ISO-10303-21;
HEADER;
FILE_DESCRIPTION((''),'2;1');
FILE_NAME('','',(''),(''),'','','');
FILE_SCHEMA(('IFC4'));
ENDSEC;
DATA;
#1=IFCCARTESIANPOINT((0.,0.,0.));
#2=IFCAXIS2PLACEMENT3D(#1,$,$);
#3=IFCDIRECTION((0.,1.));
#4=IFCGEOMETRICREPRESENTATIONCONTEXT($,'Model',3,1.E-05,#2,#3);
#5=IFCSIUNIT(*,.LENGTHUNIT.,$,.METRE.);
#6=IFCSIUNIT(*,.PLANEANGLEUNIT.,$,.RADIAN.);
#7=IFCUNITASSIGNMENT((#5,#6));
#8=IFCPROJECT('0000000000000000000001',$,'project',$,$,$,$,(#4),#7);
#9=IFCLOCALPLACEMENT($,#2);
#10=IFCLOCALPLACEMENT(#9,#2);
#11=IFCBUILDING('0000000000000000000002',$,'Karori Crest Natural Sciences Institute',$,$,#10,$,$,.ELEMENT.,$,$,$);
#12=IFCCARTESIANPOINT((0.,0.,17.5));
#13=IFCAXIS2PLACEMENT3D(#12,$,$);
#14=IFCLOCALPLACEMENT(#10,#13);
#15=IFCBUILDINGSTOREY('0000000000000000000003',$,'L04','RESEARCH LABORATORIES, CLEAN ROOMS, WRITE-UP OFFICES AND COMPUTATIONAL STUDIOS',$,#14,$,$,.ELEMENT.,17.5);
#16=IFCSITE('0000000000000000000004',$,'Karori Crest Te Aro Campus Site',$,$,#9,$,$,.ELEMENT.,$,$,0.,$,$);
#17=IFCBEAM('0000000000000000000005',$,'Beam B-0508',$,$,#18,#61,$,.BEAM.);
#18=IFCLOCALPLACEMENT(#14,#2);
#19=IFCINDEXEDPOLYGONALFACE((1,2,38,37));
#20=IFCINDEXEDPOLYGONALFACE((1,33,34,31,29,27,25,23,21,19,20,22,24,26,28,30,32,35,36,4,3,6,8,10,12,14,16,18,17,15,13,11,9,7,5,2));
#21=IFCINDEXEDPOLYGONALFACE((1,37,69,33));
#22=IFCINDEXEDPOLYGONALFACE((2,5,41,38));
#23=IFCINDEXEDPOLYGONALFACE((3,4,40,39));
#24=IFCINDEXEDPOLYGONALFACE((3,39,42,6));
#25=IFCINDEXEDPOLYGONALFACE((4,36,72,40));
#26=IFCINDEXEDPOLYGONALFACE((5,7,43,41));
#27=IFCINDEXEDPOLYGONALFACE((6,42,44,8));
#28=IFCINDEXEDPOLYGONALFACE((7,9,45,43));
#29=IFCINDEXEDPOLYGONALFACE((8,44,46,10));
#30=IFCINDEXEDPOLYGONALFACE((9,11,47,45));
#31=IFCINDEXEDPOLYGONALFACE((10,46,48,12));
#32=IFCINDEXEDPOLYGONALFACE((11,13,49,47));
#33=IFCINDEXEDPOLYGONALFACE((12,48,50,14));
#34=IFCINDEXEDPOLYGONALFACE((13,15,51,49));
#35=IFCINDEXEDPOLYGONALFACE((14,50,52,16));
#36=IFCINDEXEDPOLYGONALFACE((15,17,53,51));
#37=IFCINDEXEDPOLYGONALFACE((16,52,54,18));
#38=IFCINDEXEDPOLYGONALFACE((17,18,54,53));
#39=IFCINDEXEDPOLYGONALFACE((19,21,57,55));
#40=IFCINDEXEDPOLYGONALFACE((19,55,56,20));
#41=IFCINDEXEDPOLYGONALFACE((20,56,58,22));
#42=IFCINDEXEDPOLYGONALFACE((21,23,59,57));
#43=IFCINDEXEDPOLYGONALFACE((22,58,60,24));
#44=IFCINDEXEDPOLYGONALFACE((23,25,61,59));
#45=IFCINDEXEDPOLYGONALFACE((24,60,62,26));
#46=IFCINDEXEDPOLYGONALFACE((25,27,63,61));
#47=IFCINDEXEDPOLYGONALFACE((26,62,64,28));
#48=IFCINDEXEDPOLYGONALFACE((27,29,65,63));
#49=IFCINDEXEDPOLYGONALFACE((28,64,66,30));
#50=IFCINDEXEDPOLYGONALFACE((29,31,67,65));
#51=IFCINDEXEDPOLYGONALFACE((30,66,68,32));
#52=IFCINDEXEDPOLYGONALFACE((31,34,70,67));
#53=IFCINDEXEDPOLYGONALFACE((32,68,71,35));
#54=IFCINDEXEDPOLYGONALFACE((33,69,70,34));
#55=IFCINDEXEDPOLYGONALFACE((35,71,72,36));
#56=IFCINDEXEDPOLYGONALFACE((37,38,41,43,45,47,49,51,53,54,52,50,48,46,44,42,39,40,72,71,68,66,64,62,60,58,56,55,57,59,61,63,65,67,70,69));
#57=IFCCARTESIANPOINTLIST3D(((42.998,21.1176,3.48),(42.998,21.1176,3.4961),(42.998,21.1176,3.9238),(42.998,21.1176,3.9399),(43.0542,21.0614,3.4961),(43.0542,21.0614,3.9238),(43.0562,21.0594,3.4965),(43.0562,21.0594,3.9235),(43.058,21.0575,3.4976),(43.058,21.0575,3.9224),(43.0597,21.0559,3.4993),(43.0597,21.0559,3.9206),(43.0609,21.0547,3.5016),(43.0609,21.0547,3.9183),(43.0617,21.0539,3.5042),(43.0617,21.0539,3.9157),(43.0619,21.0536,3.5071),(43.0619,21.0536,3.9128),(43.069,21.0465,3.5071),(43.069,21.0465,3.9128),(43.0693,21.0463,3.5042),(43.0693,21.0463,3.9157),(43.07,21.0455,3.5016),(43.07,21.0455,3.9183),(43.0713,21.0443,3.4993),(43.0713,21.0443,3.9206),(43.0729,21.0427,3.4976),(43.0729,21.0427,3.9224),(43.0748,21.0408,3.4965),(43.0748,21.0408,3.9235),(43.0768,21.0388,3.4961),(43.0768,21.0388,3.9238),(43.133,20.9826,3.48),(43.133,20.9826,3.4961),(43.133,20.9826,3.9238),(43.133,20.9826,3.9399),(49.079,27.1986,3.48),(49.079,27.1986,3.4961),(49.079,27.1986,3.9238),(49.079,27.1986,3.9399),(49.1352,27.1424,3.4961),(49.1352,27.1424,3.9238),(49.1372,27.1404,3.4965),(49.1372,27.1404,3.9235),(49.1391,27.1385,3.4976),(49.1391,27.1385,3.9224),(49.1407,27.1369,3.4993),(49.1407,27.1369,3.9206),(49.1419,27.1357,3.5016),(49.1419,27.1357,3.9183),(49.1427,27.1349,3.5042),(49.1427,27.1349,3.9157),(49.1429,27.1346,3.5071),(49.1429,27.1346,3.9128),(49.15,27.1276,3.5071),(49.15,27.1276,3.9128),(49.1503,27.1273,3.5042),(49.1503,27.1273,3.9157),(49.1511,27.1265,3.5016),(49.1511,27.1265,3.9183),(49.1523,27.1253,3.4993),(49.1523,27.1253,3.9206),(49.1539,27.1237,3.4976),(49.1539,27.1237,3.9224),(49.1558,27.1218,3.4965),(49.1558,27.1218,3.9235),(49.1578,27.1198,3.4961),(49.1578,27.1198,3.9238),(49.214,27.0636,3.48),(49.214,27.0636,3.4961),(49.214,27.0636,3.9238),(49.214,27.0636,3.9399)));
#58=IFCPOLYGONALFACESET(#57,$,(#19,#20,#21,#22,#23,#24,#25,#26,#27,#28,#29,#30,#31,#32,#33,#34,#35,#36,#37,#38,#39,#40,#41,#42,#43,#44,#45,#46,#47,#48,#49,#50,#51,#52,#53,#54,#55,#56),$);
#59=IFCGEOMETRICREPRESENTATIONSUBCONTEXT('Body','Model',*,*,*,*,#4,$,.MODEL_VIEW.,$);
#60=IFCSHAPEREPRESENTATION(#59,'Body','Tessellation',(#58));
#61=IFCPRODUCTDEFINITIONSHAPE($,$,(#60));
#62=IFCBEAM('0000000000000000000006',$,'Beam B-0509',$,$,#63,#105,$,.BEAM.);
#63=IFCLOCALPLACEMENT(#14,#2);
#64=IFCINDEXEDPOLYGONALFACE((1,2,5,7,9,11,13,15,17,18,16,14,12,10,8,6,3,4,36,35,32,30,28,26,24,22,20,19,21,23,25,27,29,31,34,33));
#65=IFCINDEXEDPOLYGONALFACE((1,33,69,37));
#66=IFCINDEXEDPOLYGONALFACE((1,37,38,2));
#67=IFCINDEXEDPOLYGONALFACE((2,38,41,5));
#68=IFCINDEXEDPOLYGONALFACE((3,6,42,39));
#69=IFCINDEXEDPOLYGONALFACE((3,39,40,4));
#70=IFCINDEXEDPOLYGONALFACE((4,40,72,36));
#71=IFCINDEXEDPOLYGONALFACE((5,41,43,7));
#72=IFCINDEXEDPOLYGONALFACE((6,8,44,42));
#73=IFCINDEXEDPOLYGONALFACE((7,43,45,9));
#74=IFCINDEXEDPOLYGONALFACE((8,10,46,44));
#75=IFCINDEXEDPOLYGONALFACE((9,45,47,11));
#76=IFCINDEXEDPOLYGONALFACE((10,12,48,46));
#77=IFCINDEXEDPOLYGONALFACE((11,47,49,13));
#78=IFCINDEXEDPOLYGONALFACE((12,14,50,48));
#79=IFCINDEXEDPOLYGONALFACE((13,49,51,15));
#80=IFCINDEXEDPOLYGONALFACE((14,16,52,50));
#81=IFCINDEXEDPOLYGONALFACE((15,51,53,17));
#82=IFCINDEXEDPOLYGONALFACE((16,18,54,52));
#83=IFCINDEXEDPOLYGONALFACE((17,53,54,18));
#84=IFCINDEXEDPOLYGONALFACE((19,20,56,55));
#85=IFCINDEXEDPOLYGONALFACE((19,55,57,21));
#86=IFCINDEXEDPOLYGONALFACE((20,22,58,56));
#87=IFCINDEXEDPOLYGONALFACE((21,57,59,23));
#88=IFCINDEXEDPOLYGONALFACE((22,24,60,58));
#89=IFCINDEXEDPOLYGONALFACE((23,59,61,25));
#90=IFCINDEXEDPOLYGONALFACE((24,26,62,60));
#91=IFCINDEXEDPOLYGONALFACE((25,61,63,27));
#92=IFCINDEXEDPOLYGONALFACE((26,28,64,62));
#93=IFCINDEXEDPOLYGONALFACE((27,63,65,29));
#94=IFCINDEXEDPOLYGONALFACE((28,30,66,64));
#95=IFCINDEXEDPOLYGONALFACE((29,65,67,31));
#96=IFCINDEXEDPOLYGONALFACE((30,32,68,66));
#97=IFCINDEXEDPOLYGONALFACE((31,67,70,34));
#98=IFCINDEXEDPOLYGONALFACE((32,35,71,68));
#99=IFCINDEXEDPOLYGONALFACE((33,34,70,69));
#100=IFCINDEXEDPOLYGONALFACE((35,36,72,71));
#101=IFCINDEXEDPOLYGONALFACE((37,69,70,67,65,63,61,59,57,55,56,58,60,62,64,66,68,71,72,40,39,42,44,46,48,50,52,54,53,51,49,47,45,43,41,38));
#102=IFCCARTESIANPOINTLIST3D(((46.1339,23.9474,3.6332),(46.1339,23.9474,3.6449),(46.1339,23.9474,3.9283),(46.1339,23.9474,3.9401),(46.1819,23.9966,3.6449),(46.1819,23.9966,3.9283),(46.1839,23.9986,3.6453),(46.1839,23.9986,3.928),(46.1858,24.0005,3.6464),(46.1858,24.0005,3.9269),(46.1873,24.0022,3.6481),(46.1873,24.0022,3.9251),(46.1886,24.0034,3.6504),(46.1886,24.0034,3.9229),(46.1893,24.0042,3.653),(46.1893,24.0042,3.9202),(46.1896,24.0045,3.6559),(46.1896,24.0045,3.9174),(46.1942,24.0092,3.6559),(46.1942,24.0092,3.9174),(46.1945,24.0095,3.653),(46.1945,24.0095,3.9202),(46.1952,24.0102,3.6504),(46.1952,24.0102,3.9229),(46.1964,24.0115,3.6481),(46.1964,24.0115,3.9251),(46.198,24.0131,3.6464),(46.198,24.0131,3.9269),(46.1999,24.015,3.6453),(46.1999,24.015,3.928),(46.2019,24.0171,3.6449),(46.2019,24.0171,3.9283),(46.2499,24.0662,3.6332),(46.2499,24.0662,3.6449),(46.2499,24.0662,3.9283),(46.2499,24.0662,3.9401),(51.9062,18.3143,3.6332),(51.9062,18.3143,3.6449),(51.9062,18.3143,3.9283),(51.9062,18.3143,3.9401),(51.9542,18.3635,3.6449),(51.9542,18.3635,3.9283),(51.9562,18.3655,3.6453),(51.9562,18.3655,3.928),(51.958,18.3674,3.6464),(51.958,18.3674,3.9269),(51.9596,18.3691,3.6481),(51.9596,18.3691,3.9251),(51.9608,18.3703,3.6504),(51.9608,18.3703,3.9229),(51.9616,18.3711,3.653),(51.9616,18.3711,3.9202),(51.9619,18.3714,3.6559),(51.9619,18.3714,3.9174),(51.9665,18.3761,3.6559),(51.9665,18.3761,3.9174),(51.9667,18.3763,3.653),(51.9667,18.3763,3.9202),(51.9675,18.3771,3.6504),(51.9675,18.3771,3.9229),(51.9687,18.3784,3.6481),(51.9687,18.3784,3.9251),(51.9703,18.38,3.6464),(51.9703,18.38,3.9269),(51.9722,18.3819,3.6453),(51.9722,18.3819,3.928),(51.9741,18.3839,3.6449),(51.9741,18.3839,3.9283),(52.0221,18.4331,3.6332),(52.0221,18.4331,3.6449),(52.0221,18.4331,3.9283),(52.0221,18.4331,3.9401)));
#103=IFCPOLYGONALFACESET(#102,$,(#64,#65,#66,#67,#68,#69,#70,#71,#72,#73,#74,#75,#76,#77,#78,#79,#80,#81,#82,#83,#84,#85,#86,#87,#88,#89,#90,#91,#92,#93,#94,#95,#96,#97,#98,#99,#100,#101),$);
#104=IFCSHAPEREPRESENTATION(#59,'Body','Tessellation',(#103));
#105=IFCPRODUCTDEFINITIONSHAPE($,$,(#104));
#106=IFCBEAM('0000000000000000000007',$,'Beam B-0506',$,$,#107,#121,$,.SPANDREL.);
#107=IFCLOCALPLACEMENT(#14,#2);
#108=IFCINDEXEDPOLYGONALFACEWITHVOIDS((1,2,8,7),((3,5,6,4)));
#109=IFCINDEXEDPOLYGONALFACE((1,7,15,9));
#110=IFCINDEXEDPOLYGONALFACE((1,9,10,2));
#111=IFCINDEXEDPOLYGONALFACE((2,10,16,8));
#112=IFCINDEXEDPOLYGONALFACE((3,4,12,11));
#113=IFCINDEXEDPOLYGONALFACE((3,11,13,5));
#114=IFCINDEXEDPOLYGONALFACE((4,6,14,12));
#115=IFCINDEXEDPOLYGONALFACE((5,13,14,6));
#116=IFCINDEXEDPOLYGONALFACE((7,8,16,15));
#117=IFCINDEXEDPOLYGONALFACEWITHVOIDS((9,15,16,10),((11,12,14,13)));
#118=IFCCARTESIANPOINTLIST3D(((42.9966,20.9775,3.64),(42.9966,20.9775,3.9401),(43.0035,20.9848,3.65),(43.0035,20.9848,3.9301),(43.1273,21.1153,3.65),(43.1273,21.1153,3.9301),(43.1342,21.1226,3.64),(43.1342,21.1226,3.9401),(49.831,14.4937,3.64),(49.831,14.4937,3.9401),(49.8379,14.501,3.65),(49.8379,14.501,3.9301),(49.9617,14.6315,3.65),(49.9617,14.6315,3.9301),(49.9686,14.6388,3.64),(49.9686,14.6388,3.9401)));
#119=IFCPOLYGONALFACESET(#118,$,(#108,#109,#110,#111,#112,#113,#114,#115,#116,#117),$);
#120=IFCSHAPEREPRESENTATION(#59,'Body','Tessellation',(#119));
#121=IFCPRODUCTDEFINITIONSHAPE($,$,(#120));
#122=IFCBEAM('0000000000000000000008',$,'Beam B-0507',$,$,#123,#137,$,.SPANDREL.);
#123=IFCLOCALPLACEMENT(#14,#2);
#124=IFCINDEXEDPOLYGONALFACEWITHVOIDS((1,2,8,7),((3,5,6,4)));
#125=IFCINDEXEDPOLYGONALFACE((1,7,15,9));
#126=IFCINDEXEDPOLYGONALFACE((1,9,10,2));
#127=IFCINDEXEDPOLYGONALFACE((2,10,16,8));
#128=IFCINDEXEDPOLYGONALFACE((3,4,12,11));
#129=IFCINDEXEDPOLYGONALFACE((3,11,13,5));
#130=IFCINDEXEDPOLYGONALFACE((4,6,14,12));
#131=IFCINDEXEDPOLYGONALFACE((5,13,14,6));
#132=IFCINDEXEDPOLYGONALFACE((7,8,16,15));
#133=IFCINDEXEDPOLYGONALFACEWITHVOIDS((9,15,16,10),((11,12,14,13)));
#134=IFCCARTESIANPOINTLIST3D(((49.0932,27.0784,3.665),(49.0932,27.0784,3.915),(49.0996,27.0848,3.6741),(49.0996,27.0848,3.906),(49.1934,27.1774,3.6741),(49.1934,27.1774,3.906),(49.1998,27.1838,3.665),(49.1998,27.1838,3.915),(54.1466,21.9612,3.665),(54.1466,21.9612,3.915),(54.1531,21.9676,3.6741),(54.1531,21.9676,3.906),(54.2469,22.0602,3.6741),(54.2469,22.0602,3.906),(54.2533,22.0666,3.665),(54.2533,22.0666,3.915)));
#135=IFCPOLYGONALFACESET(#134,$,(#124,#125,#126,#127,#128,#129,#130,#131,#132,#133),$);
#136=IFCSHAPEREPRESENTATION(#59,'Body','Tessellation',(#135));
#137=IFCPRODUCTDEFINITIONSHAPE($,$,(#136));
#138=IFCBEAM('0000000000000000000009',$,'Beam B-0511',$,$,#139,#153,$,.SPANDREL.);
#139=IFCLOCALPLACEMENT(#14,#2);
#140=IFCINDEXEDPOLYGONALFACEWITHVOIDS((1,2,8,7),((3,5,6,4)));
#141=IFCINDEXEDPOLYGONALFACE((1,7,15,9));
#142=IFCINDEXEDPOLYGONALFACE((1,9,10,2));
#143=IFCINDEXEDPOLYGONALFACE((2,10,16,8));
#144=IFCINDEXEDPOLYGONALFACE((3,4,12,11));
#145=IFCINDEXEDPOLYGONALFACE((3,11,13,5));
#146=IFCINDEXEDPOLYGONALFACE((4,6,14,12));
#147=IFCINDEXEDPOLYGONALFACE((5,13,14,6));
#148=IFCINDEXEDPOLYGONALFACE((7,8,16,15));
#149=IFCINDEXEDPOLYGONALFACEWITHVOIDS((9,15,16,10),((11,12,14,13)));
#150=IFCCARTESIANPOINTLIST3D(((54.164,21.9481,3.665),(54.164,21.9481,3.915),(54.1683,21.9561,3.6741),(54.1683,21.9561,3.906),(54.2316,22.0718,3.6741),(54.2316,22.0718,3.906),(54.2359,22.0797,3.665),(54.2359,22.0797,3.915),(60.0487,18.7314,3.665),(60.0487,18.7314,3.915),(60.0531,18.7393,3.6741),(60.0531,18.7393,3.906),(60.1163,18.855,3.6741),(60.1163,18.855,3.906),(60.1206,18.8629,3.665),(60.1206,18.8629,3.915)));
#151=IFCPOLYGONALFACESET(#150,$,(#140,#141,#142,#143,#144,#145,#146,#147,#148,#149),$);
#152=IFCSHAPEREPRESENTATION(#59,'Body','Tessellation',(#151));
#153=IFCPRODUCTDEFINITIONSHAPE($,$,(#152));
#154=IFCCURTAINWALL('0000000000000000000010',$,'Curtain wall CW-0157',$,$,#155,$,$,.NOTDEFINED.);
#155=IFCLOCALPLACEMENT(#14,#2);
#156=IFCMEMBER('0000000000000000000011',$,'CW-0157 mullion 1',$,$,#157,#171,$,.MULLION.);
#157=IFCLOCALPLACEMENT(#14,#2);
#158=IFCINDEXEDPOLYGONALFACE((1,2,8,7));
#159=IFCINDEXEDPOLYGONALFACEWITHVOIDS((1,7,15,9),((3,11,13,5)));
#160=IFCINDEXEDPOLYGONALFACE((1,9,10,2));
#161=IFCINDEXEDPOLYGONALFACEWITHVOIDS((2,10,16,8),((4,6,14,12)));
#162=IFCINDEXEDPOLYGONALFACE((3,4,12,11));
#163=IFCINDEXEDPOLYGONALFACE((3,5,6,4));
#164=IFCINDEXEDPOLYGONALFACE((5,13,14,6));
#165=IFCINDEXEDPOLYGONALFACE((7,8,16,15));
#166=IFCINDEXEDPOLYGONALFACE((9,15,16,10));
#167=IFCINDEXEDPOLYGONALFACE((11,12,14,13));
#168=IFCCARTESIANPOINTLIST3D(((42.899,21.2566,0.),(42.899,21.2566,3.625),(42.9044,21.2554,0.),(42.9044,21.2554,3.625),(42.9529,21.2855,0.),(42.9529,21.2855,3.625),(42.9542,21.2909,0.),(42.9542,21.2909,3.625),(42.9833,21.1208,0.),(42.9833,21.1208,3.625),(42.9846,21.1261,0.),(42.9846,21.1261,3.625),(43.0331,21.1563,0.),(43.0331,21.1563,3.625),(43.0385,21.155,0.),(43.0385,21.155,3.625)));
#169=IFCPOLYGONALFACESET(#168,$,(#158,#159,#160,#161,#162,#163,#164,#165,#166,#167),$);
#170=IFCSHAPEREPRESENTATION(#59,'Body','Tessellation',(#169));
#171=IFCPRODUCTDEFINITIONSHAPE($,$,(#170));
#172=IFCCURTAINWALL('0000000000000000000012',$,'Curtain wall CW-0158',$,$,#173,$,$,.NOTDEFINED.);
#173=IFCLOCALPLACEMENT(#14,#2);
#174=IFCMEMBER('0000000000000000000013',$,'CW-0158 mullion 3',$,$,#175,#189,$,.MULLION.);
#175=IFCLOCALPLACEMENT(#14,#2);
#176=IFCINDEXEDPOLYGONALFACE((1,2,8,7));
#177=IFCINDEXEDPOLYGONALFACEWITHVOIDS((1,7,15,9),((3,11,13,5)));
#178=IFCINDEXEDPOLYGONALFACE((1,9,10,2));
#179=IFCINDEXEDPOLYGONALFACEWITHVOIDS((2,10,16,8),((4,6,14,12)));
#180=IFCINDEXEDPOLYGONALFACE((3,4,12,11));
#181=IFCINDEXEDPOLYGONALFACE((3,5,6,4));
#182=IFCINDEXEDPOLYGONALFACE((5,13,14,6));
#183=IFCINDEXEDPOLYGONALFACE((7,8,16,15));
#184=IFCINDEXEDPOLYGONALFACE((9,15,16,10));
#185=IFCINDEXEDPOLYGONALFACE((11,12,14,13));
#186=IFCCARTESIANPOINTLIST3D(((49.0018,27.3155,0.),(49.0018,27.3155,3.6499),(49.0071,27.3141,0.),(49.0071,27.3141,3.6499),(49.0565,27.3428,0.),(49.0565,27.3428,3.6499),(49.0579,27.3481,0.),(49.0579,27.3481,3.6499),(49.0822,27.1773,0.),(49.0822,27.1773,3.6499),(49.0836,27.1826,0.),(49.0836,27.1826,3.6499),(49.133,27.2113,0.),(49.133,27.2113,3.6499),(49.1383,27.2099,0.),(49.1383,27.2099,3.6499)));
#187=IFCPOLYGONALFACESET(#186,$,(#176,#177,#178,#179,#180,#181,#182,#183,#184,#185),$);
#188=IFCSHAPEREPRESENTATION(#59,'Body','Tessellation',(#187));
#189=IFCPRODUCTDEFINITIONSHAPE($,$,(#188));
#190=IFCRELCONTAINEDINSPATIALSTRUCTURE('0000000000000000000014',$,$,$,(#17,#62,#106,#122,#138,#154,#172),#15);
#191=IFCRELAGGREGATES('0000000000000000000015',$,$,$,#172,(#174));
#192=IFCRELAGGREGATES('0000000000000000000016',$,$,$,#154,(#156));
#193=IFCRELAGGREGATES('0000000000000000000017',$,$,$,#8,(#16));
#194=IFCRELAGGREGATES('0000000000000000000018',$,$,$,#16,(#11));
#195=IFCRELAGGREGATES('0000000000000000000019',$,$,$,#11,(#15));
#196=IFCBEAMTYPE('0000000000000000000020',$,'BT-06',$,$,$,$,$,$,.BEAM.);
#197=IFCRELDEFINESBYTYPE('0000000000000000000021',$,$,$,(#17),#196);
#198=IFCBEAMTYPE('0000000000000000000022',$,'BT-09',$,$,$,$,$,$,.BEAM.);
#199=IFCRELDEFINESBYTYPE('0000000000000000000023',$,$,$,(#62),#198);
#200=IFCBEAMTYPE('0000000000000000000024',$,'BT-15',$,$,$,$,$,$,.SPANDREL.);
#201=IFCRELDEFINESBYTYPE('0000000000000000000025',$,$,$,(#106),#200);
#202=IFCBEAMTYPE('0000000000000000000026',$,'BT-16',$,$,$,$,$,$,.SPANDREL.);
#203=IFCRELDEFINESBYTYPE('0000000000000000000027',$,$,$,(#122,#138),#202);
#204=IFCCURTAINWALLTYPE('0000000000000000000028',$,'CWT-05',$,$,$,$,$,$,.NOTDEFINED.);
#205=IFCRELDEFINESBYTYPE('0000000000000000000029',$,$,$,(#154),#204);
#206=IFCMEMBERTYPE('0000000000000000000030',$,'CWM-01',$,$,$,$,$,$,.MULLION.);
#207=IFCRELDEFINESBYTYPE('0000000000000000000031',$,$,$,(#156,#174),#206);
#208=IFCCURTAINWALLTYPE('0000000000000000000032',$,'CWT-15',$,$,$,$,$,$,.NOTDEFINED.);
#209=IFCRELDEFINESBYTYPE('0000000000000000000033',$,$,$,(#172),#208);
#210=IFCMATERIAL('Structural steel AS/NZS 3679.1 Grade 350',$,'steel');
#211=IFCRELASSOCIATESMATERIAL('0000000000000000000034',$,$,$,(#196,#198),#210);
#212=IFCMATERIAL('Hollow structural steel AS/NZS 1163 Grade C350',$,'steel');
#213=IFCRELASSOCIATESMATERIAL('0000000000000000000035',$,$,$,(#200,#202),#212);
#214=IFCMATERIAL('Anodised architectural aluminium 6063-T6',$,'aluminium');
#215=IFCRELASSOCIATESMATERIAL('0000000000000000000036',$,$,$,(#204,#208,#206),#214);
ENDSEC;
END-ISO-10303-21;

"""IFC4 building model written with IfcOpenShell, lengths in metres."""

from ifc_helpers import new_model, si_unit, direction, frame, origin, origin_2d, place, context, subcontext, project, spatial, hollow_rectangle, i_section, extrude, material, material_profile, profile_set, type_object, element, aggregate, save


model = new_model("IFC4")

# Units and contexts
model_context = context("Model", 3, precision=1e-05, world=origin(), true_north=direction((0.0, 1.0)))
body_context = subcontext(model_context, "Body", "Model", "MODEL_VIEW")
ifc_project = project(units=[si_unit("LENGTHUNIT", "METRE"), si_unit("PLANEANGLEUNIT", "RADIAN")], contexts=[model_context])

# Site, building, storey
site_placement = place(None, origin())
site = spatial("IfcSite", under=ifc_project, at=site_placement, Name="Karori Crest Te Aro Campus Site", CompositionType="ELEMENT", RefElevation=0.0)
building_placement = place(site_placement, origin())
building = spatial("IfcBuilding", under=site, at=building_placement, Name="Karori Crest Natural Sciences Institute", CompositionType="ELEMENT")
storey_placement = place(building_placement, frame((0.0, 0.0, 17.5)))
storey = spatial("IfcBuildingStorey", under=building, at=storey_placement, Name="L04", Description="RESEARCH LABORATORIES, CLEAN ROOMS, WRITE-UP OFFICES AND COMPUTATIONAL STUDIOS", CompositionType="ELEMENT", Elevation=17.5)

# Shared definitions
ifc_material_1 = material(Name="Structural steel AS/NZS 3679.1 Grade 350", Category="steel")

# Beams
ifc_material_profile_1 = material_profile(ifc_material_1, i_section(OverallWidth=0.1909, OverallDepth=0.46, WebThickness=0.01, FlangeThickness=0.0161, FilletRadius=0.011, at=origin_2d()), Name="460UB82.1")
ifc_profile_set_1 = profile_set([ifc_material_profile_1], Name="Structural steel AS/NZS 3679.1 Grade 350")
beam_type_1 = type_object("IfcBeamType", Name="BT-06", PredefinedType="BEAM", material=ifc_profile_set_1)
beam_1_placement = place(storey_placement, frame((49.1465, 27.1311, 3.71), z_axis=(-0.707107, -0.707107, 0.0), x_axis=(0.707107, -0.707107, 0.0)))
element("IfcBeam", 1, at=beam_1_placement, inside=storey, type_object=beam_type_1, Name="Beam B-0508", PredefinedType="BEAM", context=body_context, shape_type="SweptSolid", body=[
    extrude(i_section(OverallWidth=0.1909, OverallDepth=0.46, WebThickness=0.01, FlangeThickness=0.0161, FilletRadius=0.011, at=origin_2d()), origin(), (0.0, 0.0, 1.0), 8.5999),
])
ifc_material_profile_2 = material_profile(ifc_material_1, i_section(OverallWidth=0.166, OverallDepth=0.3069, WebThickness=0.0066, FlangeThickness=0.0117, FilletRadius=0.011, at=origin_2d()), Name="310UB46.2")
ifc_profile_set_2 = profile_set([ifc_material_profile_2], Name="Structural steel AS/NZS 3679.1 Grade 350")
beam_type_2 = type_object("IfcBeamType", Name="BT-09", PredefinedType="BEAM", material=ifc_profile_set_2)
beam_2_placement = place(storey_placement, frame((46.1919, 24.0068, 3.7866), z_axis=(0.715681, -0.698427, 0.0), x_axis=(0.698427, 0.715681, 0.0)))
element("IfcBeam", 2, at=beam_2_placement, inside=storey, type_object=beam_type_2, Name="Beam B-0509", PredefinedType="BEAM", context=body_context, shape_type="SweptSolid", body=[
    extrude(i_section(OverallWidth=0.166, OverallDepth=0.3069, WebThickness=0.0066, FlangeThickness=0.0117, FilletRadius=0.011, at=origin_2d()), origin(), (0.0, 0.0, 1.0), 8.0654),
])
ifc_material_2 = material(Name="Hollow structural steel AS/NZS 1163 Grade C350", Category="steel")
ifc_material_profile_3 = material_profile(ifc_material_2, hollow_rectangle(XDim=0.2, YDim=0.3, WallThickness=0.01, at=origin_2d()), Name="RHS300x200x10")
ifc_profile_set_3 = profile_set([ifc_material_profile_3], Name="Hollow structural steel AS/NZS 1163 Grade C350")
beam_type_3 = type_object("IfcBeamType", Name="BT-15", PredefinedType="SPANDREL", material=ifc_profile_set_3)
beam_3_placement = place(storey_placement, frame((43.0654, 21.05, 3.79), z_axis=(0.725469, -0.688255, 0.0), x_axis=(0.688255, 0.725469, 0.0)))
element("IfcBeam", 3, at=beam_3_placement, inside=storey, type_object=beam_type_3, Name="Beam B-0506", PredefinedType="SPANDREL", context=body_context, shape_type="SweptSolid", body=[
    extrude(hollow_rectangle(XDim=0.2, YDim=0.3, WallThickness=0.01, at=origin_2d()), origin(), (0.0, 0.0, 1.0), 9.4207),
])
ifc_material_profile_4 = material_profile(ifc_material_2, hollow_rectangle(XDim=0.1499, YDim=0.25, WallThickness=0.009, at=origin_2d()), Name="RHS250x150x9")
ifc_profile_set_4 = profile_set([ifc_material_profile_4], Name="Hollow structural steel AS/NZS 1163 Grade C350")
beam_type_4 = type_object("IfcBeamType", Name="BT-16", PredefinedType="SPANDREL", material=ifc_profile_set_4)
beam_4_placement = place(storey_placement, frame((49.1465, 27.1311, 3.79), z_axis=(0.702663, -0.711523, 0.0), x_axis=(0.711523, 0.702663, 0.0)))
element("IfcBeam", 4, at=beam_4_placement, inside=storey, type_object=beam_type_4, Name="Beam B-0507", PredefinedType="SPANDREL", context=body_context, shape_type="SweptSolid", body=[
    extrude(hollow_rectangle(XDim=0.1499, YDim=0.25, WallThickness=0.009, at=origin_2d()), origin(), (0.0, 0.0, 1.0), 7.1919),
])
beam_5_placement = place(storey_placement, frame((54.2, 22.0139, 3.79), z_axis=(0.877461, -0.479648, 0.0), x_axis=(0.479648, 0.877461, 0.0)))
element("IfcBeam", 5, at=beam_5_placement, inside=storey, type_object=beam_type_4, Name="Beam B-0511", PredefinedType="SPANDREL", context=body_context, shape_type="SweptSolid", body=[
    extrude(hollow_rectangle(XDim=0.1499, YDim=0.25, WallThickness=0.009, at=origin_2d()), origin(), (0.0, 0.0, 1.0), 6.7065),
])

# Curtain walls, members
ifc_material_3 = material(Name="Anodised architectural aluminium 6063-T6", Category="aluminium")
curtain_wall_type_1 = type_object("IfcCurtainWallType", Name="CWT-05", PredefinedType="NOTDEFINED", material=ifc_material_3)
curtain_wall_1_placement = place(storey_placement, origin())
curtain_wall_1 = element("IfcCurtainWall", 6, at=curtain_wall_1_placement, inside=storey, type_object=curtain_wall_type_1, Name="Curtain wall CW-0157", PredefinedType="NOTDEFINED")
ifc_material_profile_5 = material_profile(ifc_material_3, hollow_rectangle(XDim=0.0649, YDim=0.1599, WallThickness=0.0039, at=origin_2d()), Name="CWM160x65x4")
ifc_profile_set_5 = profile_set([ifc_material_profile_5], Name="Anodised architectural aluminium 6063-T6")
member_type_1 = type_object("IfcMemberType", Name="CWM-01", PredefinedType="MULLION", material=ifc_profile_set_5)
member_1_placement = place(storey_placement, frame((42.9688, 21.2058, 0.0), z_axis=(0.0, 0.0, 1.0), x_axis=(-0.849662, -0.527328, 0.0)))
member_1 = element("IfcMember", 7, at=member_1_placement, type_object=member_type_1, Name="CW-0157 mullion 1", PredefinedType="MULLION", context=body_context, shape_type="SweptSolid", body=[
    extrude(hollow_rectangle(XDim=0.0649, YDim=0.1599, WallThickness=0.0039, at=origin_2d()), origin(), (0.0, 0.0, 1.0), 3.625),
])
curtain_wall_type_2 = type_object("IfcCurtainWallType", Name="CWT-15", PredefinedType="NOTDEFINED", material=ifc_material_3)
curtain_wall_2_placement = place(storey_placement, origin())
curtain_wall_2 = element("IfcCurtainWall", 8, at=curtain_wall_2_placement, inside=storey, type_object=curtain_wall_type_2, Name="Curtain wall CW-0158", PredefinedType="NOTDEFINED")
member_2_placement = place(storey_placement, frame((49.0701, 27.2627, 0.0), z_axis=(0.0, 0.0, 1.0), x_axis=(0.864487, 0.502655, 0.0)))
member_2 = element("IfcMember", 9, at=member_2_placement, type_object=member_type_1, Name="CW-0158 mullion 3", PredefinedType="MULLION", context=body_context, shape_type="SweptSolid", body=[
    extrude(hollow_rectangle(XDim=0.0649, YDim=0.1599, WallThickness=0.0039, at=origin_2d()), origin(), (0.0, 0.0, 1.0), 3.6499),
])
aggregate(curtain_wall_2, [member_2])

aggregate(curtain_wall_1, [member_1])

save(model, "model.ifc")
